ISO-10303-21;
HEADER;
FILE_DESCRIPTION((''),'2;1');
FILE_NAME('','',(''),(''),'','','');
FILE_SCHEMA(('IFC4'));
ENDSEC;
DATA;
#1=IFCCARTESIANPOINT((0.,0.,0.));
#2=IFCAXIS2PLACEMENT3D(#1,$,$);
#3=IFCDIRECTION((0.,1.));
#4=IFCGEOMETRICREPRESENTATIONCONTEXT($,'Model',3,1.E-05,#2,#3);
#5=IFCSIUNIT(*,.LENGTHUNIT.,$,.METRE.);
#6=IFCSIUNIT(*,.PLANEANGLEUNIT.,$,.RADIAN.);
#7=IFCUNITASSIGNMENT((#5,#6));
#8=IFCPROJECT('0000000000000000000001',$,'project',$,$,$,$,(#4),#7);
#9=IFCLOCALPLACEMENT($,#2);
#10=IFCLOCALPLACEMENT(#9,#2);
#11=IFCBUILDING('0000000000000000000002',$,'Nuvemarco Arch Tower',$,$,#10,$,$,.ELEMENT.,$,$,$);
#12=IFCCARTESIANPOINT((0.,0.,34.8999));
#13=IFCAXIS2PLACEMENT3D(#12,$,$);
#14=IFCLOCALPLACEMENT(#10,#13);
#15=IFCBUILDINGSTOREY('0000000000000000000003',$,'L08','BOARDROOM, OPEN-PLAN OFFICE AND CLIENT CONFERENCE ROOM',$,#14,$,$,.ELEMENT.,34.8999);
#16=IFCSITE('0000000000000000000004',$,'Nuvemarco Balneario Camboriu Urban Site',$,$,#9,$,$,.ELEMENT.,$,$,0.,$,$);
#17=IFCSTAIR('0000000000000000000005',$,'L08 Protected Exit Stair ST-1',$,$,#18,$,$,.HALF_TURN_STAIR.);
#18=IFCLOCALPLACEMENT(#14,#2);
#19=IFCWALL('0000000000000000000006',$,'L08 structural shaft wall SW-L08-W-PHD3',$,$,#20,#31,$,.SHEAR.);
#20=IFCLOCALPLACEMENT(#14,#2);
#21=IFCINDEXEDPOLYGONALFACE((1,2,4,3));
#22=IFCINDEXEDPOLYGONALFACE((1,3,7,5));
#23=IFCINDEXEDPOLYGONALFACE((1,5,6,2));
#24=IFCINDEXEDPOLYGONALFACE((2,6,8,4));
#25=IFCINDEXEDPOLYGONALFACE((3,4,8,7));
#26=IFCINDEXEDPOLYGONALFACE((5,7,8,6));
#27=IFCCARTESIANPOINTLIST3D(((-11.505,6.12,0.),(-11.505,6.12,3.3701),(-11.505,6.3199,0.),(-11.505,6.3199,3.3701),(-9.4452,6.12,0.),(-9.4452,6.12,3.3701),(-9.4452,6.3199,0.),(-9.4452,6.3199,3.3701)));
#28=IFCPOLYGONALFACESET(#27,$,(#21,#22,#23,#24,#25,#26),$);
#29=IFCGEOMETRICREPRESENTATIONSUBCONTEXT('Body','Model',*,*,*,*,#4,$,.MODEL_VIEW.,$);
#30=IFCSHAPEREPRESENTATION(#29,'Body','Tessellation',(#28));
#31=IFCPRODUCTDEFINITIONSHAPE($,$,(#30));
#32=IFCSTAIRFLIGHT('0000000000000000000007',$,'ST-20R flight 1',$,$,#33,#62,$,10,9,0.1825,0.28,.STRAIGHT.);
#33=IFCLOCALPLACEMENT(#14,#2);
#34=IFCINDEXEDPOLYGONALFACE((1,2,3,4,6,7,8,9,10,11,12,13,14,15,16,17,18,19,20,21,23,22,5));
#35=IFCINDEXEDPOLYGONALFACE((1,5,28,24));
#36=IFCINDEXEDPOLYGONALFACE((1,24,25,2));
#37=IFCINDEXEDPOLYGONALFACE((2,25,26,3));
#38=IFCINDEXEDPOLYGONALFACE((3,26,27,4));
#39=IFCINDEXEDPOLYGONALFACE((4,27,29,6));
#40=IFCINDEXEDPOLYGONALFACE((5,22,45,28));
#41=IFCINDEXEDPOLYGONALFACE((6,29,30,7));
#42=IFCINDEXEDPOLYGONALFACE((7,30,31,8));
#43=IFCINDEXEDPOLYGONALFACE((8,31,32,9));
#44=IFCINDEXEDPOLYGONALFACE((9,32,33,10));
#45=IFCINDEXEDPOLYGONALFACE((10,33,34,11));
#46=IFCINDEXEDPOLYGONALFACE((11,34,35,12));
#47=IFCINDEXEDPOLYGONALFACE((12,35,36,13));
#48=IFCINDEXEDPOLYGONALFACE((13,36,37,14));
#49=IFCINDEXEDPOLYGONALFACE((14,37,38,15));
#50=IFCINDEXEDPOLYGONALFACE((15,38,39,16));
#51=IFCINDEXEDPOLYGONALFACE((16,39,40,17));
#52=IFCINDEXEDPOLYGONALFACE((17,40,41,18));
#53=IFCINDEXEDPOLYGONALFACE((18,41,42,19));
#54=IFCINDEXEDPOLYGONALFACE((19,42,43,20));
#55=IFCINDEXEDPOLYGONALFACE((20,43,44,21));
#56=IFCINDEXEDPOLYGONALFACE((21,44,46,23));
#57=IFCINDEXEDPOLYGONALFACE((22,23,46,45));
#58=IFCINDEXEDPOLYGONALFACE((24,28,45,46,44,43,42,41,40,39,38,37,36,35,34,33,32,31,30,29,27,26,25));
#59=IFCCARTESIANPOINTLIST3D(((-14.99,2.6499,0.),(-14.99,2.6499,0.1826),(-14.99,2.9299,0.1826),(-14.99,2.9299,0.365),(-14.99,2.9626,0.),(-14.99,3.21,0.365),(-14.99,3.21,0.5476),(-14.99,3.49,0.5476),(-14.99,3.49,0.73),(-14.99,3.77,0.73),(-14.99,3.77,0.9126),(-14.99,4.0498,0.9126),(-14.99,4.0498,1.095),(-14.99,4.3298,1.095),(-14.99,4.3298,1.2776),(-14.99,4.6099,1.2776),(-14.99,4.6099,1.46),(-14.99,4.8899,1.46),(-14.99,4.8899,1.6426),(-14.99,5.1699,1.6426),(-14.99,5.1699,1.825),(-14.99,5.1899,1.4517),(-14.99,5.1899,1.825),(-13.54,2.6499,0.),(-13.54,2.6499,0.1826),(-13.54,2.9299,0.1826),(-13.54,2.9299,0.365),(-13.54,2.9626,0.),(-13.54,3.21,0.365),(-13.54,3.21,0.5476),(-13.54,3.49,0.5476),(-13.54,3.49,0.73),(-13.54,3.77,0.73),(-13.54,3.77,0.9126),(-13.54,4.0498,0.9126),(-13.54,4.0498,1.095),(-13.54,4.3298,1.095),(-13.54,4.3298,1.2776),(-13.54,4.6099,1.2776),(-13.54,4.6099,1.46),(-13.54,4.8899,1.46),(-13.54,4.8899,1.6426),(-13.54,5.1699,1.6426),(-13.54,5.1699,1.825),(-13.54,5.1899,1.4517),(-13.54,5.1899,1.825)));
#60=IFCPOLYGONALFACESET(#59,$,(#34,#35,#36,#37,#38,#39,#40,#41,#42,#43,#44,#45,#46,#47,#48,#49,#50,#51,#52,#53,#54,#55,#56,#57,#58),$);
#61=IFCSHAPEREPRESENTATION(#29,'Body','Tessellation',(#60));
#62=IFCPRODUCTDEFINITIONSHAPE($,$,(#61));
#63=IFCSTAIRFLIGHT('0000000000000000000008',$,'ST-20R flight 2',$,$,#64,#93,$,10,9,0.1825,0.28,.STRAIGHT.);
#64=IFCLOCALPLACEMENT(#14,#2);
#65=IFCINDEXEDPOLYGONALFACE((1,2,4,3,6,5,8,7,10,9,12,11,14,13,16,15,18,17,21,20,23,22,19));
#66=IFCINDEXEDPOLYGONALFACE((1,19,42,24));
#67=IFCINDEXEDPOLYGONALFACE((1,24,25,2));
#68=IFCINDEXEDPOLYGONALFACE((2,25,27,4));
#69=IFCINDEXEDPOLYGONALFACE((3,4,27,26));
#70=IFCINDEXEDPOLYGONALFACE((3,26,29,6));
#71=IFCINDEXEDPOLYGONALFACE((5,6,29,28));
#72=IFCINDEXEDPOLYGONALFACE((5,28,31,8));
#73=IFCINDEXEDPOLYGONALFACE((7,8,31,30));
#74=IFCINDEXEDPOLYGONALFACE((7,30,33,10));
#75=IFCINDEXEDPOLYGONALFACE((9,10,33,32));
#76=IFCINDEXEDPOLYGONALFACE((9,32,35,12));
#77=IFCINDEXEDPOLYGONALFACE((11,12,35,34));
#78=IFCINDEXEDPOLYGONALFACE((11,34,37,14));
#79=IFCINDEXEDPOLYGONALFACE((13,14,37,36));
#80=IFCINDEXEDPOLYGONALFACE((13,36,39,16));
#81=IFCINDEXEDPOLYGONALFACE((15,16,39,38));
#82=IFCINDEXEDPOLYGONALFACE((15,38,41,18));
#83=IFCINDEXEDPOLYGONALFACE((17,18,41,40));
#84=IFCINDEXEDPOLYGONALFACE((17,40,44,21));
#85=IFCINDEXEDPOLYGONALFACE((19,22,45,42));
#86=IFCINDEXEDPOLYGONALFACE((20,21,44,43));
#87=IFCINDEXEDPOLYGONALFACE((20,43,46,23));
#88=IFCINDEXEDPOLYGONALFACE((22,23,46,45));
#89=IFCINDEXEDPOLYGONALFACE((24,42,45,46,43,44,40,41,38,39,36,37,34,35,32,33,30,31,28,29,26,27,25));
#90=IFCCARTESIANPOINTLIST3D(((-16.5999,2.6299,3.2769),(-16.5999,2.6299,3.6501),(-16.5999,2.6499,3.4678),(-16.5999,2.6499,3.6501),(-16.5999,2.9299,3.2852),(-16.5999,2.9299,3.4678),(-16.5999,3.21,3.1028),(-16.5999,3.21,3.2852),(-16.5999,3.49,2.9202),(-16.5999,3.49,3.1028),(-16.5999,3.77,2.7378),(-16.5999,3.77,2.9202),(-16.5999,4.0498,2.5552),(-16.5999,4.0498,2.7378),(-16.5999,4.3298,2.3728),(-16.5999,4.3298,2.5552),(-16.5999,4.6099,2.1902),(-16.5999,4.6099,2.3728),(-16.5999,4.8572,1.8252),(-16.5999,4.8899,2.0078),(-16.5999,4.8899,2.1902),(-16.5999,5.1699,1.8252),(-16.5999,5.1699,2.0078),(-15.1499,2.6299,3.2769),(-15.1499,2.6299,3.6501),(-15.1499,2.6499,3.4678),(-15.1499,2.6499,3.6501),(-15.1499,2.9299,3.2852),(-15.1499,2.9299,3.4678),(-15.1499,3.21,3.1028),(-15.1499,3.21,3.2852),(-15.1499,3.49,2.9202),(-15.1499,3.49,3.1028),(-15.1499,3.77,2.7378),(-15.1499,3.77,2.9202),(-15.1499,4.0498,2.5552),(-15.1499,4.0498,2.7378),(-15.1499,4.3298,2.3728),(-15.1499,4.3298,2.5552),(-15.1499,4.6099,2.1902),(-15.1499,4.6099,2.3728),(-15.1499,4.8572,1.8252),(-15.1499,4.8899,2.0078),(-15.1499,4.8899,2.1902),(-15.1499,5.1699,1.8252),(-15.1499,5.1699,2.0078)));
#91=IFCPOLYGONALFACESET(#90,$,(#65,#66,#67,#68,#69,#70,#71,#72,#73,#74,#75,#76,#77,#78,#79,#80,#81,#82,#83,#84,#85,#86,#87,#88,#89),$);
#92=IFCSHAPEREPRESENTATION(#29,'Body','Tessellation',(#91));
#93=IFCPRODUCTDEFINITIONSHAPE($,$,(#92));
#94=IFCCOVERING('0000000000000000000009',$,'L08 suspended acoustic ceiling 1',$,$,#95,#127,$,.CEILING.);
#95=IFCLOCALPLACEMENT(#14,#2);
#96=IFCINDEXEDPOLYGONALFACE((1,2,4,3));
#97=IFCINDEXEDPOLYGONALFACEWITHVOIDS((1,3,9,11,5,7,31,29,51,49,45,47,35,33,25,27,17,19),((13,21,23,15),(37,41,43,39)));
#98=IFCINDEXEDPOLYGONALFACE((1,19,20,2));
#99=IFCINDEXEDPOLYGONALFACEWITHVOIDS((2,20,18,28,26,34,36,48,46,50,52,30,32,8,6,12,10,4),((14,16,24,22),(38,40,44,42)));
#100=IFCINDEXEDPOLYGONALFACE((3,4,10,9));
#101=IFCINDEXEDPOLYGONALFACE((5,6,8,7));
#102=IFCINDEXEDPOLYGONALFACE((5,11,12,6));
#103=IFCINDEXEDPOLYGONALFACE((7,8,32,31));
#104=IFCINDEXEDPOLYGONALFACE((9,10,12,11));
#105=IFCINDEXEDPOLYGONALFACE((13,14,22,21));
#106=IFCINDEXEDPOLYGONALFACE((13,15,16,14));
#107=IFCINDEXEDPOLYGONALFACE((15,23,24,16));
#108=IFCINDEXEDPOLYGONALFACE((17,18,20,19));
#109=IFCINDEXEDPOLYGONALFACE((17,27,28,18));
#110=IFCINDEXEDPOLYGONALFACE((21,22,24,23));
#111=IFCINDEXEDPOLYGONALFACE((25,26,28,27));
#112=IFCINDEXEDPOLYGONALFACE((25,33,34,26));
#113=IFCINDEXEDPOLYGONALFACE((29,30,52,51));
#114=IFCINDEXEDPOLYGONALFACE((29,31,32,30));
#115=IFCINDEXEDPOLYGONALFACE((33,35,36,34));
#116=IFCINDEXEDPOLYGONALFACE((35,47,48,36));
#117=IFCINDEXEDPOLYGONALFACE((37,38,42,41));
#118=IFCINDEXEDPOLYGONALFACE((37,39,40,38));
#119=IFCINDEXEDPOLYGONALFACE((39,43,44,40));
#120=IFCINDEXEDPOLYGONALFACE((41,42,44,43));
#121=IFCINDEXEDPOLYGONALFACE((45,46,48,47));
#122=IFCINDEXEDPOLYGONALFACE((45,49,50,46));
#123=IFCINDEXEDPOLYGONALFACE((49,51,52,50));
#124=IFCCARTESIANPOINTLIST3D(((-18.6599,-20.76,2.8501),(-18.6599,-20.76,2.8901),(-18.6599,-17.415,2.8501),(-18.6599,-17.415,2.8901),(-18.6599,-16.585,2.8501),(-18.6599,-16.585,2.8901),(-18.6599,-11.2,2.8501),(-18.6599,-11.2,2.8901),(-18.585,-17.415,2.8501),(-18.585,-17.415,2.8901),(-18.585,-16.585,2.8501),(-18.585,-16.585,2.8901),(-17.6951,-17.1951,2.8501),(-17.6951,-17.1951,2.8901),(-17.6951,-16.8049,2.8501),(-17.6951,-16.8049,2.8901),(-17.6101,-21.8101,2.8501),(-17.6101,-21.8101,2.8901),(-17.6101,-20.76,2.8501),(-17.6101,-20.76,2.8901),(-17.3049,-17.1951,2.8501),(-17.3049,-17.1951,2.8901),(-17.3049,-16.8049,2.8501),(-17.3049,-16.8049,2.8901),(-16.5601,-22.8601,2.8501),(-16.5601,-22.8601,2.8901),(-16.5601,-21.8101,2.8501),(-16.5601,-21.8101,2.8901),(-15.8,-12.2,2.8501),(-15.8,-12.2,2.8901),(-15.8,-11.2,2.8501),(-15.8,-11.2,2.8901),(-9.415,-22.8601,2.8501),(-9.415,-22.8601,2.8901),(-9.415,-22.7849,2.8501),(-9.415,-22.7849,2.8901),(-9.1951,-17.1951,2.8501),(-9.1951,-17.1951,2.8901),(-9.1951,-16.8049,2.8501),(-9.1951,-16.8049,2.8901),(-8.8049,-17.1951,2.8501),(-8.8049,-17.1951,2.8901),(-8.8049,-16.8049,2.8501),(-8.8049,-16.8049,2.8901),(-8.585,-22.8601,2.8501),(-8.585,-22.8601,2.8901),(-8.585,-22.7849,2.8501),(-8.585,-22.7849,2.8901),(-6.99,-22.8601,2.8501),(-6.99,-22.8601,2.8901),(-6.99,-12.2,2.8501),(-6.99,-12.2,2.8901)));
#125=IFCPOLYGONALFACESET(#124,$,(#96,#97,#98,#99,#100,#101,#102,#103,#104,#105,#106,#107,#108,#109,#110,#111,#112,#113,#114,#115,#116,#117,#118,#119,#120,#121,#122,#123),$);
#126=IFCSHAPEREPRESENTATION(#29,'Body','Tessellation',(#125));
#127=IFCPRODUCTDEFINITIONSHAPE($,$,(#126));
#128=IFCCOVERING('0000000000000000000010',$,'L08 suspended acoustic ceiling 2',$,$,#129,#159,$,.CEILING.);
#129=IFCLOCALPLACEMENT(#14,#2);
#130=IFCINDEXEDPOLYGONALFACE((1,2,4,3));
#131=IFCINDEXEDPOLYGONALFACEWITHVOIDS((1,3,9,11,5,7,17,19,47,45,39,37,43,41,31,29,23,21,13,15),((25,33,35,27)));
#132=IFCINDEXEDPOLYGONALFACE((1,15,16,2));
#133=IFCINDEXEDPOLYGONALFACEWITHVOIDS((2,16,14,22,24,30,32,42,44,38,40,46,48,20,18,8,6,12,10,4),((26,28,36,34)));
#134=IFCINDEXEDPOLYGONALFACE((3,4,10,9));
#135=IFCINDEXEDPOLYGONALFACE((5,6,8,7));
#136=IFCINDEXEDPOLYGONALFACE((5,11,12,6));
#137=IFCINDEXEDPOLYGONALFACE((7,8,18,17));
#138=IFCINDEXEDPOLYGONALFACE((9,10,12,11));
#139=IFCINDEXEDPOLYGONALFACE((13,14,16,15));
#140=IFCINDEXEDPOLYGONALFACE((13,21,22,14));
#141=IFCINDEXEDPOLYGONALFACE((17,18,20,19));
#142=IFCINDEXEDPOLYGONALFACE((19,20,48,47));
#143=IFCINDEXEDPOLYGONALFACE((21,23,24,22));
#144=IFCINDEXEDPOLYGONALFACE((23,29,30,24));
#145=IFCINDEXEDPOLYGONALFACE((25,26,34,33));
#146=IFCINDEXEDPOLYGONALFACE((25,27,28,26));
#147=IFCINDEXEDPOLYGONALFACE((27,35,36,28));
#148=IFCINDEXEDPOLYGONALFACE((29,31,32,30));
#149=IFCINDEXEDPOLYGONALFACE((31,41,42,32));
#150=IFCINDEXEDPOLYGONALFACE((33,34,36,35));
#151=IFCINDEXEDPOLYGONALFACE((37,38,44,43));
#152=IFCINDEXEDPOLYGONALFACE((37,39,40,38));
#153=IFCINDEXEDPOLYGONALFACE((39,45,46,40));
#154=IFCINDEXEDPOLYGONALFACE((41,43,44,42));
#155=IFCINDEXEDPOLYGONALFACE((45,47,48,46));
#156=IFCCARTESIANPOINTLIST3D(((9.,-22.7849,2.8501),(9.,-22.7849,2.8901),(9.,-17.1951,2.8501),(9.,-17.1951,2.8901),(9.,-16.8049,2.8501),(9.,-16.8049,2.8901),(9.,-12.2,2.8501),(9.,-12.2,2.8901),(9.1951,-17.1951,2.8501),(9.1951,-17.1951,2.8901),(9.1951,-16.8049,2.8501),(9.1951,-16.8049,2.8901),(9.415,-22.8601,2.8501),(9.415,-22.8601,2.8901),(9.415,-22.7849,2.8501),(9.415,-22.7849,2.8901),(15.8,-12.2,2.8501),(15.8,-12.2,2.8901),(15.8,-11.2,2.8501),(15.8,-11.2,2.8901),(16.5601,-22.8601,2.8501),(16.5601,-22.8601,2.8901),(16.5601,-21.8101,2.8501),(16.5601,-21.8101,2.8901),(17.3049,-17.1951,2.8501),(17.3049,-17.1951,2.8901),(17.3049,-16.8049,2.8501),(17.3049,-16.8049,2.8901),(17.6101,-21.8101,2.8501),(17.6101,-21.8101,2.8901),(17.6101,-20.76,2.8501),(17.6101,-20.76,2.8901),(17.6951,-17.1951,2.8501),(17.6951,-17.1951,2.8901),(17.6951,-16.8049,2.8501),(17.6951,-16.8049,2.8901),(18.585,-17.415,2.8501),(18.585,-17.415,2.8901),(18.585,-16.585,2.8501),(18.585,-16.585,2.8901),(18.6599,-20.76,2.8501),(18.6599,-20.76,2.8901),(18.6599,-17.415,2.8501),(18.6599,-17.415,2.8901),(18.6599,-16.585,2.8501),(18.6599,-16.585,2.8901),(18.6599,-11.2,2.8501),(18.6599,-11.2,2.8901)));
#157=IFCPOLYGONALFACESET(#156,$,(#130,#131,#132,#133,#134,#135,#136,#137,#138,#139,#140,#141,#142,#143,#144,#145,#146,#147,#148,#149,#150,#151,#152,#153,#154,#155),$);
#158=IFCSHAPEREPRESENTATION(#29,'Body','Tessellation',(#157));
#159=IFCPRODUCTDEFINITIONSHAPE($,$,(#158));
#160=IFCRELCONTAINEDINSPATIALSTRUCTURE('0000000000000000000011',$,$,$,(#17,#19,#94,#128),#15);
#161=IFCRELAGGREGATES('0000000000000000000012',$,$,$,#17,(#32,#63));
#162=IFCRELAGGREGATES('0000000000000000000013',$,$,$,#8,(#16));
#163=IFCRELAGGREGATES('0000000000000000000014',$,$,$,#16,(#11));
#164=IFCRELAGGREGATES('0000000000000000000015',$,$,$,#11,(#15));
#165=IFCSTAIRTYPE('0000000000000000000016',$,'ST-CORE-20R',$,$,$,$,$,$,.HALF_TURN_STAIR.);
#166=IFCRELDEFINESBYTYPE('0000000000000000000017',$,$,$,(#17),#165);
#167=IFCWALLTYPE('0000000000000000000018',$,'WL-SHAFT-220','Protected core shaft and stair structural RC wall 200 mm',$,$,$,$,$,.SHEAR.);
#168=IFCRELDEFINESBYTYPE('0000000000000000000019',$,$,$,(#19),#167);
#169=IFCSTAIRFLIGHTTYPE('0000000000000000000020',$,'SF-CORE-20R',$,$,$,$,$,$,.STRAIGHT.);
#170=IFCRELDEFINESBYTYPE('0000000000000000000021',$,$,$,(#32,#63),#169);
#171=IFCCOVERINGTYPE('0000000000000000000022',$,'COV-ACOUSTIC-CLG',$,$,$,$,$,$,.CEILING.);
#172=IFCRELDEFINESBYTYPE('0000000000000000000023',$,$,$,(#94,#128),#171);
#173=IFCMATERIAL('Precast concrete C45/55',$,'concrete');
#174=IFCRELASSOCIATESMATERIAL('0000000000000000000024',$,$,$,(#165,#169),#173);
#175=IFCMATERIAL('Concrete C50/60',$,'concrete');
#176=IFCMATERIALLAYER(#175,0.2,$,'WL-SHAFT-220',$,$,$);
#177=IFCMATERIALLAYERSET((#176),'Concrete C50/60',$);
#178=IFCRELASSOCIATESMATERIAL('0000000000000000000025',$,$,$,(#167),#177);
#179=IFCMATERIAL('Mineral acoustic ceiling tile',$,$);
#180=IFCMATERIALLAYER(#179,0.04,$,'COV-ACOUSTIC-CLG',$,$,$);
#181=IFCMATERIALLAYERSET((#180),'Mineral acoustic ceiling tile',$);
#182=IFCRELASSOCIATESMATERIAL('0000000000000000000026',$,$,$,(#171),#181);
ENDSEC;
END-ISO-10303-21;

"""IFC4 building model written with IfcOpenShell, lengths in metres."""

from ifc_helpers import new_model, si_unit, direction, frame, frame_2d, origin, place, context, subcontext, project, spatial, polyline, rectangle, outline, extrude, material, layer, layer_set, type_object, element, aggregate, save


model = new_model("IFC4")

# Units and contexts
model_context = context("Model", 3, precision=1e-05, world=origin(), true_north=direction((0.0, 1.0)))
body_context = subcontext(model_context, "Body", "Model", "MODEL_VIEW")
ifc_project = project(units=[si_unit("LENGTHUNIT", "METRE"), si_unit("PLANEANGLEUNIT", "RADIAN")], contexts=[model_context])

# Site, building, storey
site_placement = place(None, origin())
site = spatial("IfcSite", under=ifc_project, at=site_placement, Name="Nuvemarco Balneario Camboriu Urban Site", CompositionType="ELEMENT", RefElevation=0.0)
building_placement = place(site_placement, origin())
building = spatial("IfcBuilding", under=site, at=building_placement, Name="Nuvemarco Arch Tower", CompositionType="ELEMENT")
storey_placement = place(building_placement, frame((0.0, 0.0, 34.8999)))
storey = spatial("IfcBuildingStorey", under=building, at=storey_placement, Name="L08", Description="BOARDROOM, OPEN-PLAN OFFICE AND CLIENT CONFERENCE ROOM", CompositionType="ELEMENT", Elevation=34.8999)

# Stair
ifc_material_1 = material(Name="Precast concrete C45/55", Category="concrete")
stair_type = type_object("IfcStairType", Name="ST-CORE-20R", PredefinedType="HALF_TURN_STAIR", material=ifc_material_1)
stair_1_placement = place(storey_placement, origin())
stair_1 = element("IfcStair", 1, at=stair_1_placement, inside=storey, type_object=stair_type, Name="L08 Protected Exit Stair ST-1", PredefinedType="HALF_TURN_STAIR")

# Shared definitions
ifc_material_2 = material(Name="Concrete C50/60", Category="concrete")
ifc_layer_1 = layer(ifc_material_2, 0.2, Name="WL-SHAFT-220")
ifc_layer_set_1 = layer_set([ifc_layer_1], Name="Concrete C50/60")
wall_type_1 = type_object("IfcWallType", Name="WL-SHAFT-220", Description="Protected core shaft and stair structural RC wall 200 mm", PredefinedType="SHEAR", material=ifc_layer_set_1)

# Wall
for number, where, z_axis, x_axis, name in (
    (2, (-11.5049, 6.22, 0.0), (0.0, 0.0, 1.0), (1.0, 0.0, 0.0), "L08 structural shaft wall SW-L08-W-PHD3"),
):
    element("IfcWall", number, at=place(storey_placement, frame(where, z_axis=z_axis, x_axis=x_axis)), inside=storey, type_object=wall_type_1, Name=name, PredefinedType="SHEAR", context=body_context, shape_type="SweptSolid", body=[
        extrude(rectangle(XDim=2.0598, YDim=0.2, at=frame_2d((1.0298, 0.0))), origin(), (0.0, 0.0, 1.0), 3.3701),
    ])

# Stair flights
stair_flight_type = type_object("IfcStairFlightType", Name="SF-CORE-20R", PredefinedType="STRAIGHT", material=ifc_material_1)
stair_flight_1_placement = place(storey_placement, frame((-14.2649, 2.6499, 0.0), z_axis=(0.0, 0.0, 1.0), x_axis=(0.0, 1.0, 0.0)))
stair_flight_1 = element("IfcStairFlight", 3, at=stair_flight_1_placement, type_object=stair_flight_type, Name="ST-20R flight 1", NumberOfRisers=10, NumberOfTreads=9, PredefinedType="STRAIGHT", RiserHeight=0.1825, TreadLength=0.28, context=body_context, shape_type="SweptSolid", body=[
    extrude(outline(polyline([(0.0, 0.0), (0.0, 0.1826), (0.28, 0.1826), (0.28, 0.365), (0.5601, 0.365), (0.5601, 0.5476), (0.8401, 0.5476), (0.8401, 0.73), (1.1201, 0.73), (1.1201, 0.9126), (1.3999, 0.9126), (1.3999, 1.095), (1.6799, 1.095), (1.6799, 1.2776), (1.96, 1.2776), (1.96, 1.46), (2.24, 1.46), (2.24, 1.6426), (2.52, 1.6426), (2.52, 1.825), (2.54, 1.825), (2.54, 1.4517), (0.3127, 0.0), (0.0, 0.0)])), frame((0.0, 0.7251, 0.0), z_axis=(0.0, -1.0, 0.0), x_axis=(1.0, 0.0, 0.0)), (0.0, 0.0, 1.0), 1.45),
])
stair_flight_2_placement = place(storey_placement, frame((-15.875, 5.1699, 1.8252), z_axis=(0.0, 0.0, 1.0), x_axis=(0.0, -1.0, 0.0)))
stair_flight_2 = element("IfcStairFlight", 4, at=stair_flight_2_placement, type_object=stair_flight_type, Name="ST-20R flight 2", NumberOfRisers=10, NumberOfTreads=9, PredefinedType="STRAIGHT", RiserHeight=0.1825, TreadLength=0.28, context=body_context, shape_type="SweptSolid", body=[
    extrude(outline(polyline([(0.0, 0.0), (0.0, 0.1826), (0.28, 0.1826), (0.28, 0.365), (0.5601, 0.365), (0.5601, 0.5476), (0.8401, 0.5476), (0.8401, 0.73), (1.1201, 0.73), (1.1201, 0.9126), (1.3999, 0.9126), (1.3999, 1.095), (1.6799, 1.095), (1.6799, 1.2776), (1.96, 1.2776), (1.96, 1.46), (2.24, 1.46), (2.24, 1.6426), (2.52, 1.6426), (2.52, 1.825), (2.54, 1.825), (2.54, 1.4517), (0.3127, 0.0), (0.0, 0.0)])), frame((0.0, 0.7251, 0.0), z_axis=(0.0, -1.0, 0.0), x_axis=(1.0, 0.0, 0.0)), (0.0, 0.0, 1.0), 1.45),
])
aggregate(stair_1, [stair_flight_1, stair_flight_2])

# Coverings
ifc_material_3 = material(Name="Mineral acoustic ceiling tile")
ifc_layer_2 = layer(ifc_material_3, 0.04, Name="COV-ACOUSTIC-CLG")
ifc_layer_set_2 = layer_set([ifc_layer_2], Name="Mineral acoustic ceiling tile")
covering_type = type_object("IfcCoveringType", Name="COV-ACOUSTIC-CLG", PredefinedType="CEILING", material=ifc_layer_set_2)
covering_1_placement = place(storey_placement, frame((0.0, 0.0, 2.8501)))
element("IfcCovering", 5, at=covering_1_placement, inside=storey, type_object=covering_type, Name="L08 suspended acoustic ceiling 1", PredefinedType="CEILING", context=body_context, shape_type="SweptSolid", body=[
    extrude(outline(polyline([(-18.6599, -20.76), (-18.6599, -17.415), (-18.585, -17.415), (-18.585, -16.585), (-18.6599, -16.585), (-18.6599, -11.2), (-15.8, -11.2), (-15.8, -12.2), (-6.99, -12.2), (-6.99, -22.8601), (-8.585, -22.8601), (-8.585, -22.7849), (-9.415, -22.7849), (-9.415, -22.8601), (-16.5601, -22.8601), (-16.5601, -21.8101), (-17.6101, -21.8101), (-17.6101, -20.76), (-18.6599, -20.76)]), holes=[polyline([(-17.3049, -16.8049), (-17.6951, -16.8049), (-17.6951, -17.1951), (-17.3049, -17.1951), (-17.3049, -16.8049)]), polyline([(-8.8049, -17.1951), (-8.8049, -16.8049), (-9.1951, -16.8049), (-9.1951, -17.1951), (-8.8049, -17.1951)])]), origin(), (0.0, 0.0, 1.0), 0.04),
])
covering_2_placement = place(storey_placement, frame((0.0, 0.0, 2.8501)))
element("IfcCovering", 6, at=covering_2_placement, inside=storey, type_object=covering_type, Name="L08 suspended acoustic ceiling 2", PredefinedType="CEILING", context=body_context, shape_type="SweptSolid", body=[
    extrude(outline(polyline([(16.5601, -22.8601), (9.415, -22.8601), (9.415, -22.7849), (9.0, -22.7849), (9.0, -17.1951), (9.1951, -17.1951), (9.1951, -16.8049), (9.0, -16.8049), (9.0, -12.2), (15.8, -12.2), (15.8, -11.2), (18.6599, -11.2), (18.6599, -16.585), (18.585, -16.585), (18.585, -17.415), (18.6599, -17.415), (18.6599, -20.76), (17.6101, -20.76), (17.6101, -21.8101), (16.5601, -21.8101), (16.5601, -22.8601)]), holes=[polyline([(17.6951, -17.1951), (17.6951, -16.8049), (17.3049, -16.8049), (17.3049, -17.1951), (17.6951, -17.1951)])]), origin(), (0.0, 0.0, 1.0), 0.04),
])

save(model, "model.ifc")
